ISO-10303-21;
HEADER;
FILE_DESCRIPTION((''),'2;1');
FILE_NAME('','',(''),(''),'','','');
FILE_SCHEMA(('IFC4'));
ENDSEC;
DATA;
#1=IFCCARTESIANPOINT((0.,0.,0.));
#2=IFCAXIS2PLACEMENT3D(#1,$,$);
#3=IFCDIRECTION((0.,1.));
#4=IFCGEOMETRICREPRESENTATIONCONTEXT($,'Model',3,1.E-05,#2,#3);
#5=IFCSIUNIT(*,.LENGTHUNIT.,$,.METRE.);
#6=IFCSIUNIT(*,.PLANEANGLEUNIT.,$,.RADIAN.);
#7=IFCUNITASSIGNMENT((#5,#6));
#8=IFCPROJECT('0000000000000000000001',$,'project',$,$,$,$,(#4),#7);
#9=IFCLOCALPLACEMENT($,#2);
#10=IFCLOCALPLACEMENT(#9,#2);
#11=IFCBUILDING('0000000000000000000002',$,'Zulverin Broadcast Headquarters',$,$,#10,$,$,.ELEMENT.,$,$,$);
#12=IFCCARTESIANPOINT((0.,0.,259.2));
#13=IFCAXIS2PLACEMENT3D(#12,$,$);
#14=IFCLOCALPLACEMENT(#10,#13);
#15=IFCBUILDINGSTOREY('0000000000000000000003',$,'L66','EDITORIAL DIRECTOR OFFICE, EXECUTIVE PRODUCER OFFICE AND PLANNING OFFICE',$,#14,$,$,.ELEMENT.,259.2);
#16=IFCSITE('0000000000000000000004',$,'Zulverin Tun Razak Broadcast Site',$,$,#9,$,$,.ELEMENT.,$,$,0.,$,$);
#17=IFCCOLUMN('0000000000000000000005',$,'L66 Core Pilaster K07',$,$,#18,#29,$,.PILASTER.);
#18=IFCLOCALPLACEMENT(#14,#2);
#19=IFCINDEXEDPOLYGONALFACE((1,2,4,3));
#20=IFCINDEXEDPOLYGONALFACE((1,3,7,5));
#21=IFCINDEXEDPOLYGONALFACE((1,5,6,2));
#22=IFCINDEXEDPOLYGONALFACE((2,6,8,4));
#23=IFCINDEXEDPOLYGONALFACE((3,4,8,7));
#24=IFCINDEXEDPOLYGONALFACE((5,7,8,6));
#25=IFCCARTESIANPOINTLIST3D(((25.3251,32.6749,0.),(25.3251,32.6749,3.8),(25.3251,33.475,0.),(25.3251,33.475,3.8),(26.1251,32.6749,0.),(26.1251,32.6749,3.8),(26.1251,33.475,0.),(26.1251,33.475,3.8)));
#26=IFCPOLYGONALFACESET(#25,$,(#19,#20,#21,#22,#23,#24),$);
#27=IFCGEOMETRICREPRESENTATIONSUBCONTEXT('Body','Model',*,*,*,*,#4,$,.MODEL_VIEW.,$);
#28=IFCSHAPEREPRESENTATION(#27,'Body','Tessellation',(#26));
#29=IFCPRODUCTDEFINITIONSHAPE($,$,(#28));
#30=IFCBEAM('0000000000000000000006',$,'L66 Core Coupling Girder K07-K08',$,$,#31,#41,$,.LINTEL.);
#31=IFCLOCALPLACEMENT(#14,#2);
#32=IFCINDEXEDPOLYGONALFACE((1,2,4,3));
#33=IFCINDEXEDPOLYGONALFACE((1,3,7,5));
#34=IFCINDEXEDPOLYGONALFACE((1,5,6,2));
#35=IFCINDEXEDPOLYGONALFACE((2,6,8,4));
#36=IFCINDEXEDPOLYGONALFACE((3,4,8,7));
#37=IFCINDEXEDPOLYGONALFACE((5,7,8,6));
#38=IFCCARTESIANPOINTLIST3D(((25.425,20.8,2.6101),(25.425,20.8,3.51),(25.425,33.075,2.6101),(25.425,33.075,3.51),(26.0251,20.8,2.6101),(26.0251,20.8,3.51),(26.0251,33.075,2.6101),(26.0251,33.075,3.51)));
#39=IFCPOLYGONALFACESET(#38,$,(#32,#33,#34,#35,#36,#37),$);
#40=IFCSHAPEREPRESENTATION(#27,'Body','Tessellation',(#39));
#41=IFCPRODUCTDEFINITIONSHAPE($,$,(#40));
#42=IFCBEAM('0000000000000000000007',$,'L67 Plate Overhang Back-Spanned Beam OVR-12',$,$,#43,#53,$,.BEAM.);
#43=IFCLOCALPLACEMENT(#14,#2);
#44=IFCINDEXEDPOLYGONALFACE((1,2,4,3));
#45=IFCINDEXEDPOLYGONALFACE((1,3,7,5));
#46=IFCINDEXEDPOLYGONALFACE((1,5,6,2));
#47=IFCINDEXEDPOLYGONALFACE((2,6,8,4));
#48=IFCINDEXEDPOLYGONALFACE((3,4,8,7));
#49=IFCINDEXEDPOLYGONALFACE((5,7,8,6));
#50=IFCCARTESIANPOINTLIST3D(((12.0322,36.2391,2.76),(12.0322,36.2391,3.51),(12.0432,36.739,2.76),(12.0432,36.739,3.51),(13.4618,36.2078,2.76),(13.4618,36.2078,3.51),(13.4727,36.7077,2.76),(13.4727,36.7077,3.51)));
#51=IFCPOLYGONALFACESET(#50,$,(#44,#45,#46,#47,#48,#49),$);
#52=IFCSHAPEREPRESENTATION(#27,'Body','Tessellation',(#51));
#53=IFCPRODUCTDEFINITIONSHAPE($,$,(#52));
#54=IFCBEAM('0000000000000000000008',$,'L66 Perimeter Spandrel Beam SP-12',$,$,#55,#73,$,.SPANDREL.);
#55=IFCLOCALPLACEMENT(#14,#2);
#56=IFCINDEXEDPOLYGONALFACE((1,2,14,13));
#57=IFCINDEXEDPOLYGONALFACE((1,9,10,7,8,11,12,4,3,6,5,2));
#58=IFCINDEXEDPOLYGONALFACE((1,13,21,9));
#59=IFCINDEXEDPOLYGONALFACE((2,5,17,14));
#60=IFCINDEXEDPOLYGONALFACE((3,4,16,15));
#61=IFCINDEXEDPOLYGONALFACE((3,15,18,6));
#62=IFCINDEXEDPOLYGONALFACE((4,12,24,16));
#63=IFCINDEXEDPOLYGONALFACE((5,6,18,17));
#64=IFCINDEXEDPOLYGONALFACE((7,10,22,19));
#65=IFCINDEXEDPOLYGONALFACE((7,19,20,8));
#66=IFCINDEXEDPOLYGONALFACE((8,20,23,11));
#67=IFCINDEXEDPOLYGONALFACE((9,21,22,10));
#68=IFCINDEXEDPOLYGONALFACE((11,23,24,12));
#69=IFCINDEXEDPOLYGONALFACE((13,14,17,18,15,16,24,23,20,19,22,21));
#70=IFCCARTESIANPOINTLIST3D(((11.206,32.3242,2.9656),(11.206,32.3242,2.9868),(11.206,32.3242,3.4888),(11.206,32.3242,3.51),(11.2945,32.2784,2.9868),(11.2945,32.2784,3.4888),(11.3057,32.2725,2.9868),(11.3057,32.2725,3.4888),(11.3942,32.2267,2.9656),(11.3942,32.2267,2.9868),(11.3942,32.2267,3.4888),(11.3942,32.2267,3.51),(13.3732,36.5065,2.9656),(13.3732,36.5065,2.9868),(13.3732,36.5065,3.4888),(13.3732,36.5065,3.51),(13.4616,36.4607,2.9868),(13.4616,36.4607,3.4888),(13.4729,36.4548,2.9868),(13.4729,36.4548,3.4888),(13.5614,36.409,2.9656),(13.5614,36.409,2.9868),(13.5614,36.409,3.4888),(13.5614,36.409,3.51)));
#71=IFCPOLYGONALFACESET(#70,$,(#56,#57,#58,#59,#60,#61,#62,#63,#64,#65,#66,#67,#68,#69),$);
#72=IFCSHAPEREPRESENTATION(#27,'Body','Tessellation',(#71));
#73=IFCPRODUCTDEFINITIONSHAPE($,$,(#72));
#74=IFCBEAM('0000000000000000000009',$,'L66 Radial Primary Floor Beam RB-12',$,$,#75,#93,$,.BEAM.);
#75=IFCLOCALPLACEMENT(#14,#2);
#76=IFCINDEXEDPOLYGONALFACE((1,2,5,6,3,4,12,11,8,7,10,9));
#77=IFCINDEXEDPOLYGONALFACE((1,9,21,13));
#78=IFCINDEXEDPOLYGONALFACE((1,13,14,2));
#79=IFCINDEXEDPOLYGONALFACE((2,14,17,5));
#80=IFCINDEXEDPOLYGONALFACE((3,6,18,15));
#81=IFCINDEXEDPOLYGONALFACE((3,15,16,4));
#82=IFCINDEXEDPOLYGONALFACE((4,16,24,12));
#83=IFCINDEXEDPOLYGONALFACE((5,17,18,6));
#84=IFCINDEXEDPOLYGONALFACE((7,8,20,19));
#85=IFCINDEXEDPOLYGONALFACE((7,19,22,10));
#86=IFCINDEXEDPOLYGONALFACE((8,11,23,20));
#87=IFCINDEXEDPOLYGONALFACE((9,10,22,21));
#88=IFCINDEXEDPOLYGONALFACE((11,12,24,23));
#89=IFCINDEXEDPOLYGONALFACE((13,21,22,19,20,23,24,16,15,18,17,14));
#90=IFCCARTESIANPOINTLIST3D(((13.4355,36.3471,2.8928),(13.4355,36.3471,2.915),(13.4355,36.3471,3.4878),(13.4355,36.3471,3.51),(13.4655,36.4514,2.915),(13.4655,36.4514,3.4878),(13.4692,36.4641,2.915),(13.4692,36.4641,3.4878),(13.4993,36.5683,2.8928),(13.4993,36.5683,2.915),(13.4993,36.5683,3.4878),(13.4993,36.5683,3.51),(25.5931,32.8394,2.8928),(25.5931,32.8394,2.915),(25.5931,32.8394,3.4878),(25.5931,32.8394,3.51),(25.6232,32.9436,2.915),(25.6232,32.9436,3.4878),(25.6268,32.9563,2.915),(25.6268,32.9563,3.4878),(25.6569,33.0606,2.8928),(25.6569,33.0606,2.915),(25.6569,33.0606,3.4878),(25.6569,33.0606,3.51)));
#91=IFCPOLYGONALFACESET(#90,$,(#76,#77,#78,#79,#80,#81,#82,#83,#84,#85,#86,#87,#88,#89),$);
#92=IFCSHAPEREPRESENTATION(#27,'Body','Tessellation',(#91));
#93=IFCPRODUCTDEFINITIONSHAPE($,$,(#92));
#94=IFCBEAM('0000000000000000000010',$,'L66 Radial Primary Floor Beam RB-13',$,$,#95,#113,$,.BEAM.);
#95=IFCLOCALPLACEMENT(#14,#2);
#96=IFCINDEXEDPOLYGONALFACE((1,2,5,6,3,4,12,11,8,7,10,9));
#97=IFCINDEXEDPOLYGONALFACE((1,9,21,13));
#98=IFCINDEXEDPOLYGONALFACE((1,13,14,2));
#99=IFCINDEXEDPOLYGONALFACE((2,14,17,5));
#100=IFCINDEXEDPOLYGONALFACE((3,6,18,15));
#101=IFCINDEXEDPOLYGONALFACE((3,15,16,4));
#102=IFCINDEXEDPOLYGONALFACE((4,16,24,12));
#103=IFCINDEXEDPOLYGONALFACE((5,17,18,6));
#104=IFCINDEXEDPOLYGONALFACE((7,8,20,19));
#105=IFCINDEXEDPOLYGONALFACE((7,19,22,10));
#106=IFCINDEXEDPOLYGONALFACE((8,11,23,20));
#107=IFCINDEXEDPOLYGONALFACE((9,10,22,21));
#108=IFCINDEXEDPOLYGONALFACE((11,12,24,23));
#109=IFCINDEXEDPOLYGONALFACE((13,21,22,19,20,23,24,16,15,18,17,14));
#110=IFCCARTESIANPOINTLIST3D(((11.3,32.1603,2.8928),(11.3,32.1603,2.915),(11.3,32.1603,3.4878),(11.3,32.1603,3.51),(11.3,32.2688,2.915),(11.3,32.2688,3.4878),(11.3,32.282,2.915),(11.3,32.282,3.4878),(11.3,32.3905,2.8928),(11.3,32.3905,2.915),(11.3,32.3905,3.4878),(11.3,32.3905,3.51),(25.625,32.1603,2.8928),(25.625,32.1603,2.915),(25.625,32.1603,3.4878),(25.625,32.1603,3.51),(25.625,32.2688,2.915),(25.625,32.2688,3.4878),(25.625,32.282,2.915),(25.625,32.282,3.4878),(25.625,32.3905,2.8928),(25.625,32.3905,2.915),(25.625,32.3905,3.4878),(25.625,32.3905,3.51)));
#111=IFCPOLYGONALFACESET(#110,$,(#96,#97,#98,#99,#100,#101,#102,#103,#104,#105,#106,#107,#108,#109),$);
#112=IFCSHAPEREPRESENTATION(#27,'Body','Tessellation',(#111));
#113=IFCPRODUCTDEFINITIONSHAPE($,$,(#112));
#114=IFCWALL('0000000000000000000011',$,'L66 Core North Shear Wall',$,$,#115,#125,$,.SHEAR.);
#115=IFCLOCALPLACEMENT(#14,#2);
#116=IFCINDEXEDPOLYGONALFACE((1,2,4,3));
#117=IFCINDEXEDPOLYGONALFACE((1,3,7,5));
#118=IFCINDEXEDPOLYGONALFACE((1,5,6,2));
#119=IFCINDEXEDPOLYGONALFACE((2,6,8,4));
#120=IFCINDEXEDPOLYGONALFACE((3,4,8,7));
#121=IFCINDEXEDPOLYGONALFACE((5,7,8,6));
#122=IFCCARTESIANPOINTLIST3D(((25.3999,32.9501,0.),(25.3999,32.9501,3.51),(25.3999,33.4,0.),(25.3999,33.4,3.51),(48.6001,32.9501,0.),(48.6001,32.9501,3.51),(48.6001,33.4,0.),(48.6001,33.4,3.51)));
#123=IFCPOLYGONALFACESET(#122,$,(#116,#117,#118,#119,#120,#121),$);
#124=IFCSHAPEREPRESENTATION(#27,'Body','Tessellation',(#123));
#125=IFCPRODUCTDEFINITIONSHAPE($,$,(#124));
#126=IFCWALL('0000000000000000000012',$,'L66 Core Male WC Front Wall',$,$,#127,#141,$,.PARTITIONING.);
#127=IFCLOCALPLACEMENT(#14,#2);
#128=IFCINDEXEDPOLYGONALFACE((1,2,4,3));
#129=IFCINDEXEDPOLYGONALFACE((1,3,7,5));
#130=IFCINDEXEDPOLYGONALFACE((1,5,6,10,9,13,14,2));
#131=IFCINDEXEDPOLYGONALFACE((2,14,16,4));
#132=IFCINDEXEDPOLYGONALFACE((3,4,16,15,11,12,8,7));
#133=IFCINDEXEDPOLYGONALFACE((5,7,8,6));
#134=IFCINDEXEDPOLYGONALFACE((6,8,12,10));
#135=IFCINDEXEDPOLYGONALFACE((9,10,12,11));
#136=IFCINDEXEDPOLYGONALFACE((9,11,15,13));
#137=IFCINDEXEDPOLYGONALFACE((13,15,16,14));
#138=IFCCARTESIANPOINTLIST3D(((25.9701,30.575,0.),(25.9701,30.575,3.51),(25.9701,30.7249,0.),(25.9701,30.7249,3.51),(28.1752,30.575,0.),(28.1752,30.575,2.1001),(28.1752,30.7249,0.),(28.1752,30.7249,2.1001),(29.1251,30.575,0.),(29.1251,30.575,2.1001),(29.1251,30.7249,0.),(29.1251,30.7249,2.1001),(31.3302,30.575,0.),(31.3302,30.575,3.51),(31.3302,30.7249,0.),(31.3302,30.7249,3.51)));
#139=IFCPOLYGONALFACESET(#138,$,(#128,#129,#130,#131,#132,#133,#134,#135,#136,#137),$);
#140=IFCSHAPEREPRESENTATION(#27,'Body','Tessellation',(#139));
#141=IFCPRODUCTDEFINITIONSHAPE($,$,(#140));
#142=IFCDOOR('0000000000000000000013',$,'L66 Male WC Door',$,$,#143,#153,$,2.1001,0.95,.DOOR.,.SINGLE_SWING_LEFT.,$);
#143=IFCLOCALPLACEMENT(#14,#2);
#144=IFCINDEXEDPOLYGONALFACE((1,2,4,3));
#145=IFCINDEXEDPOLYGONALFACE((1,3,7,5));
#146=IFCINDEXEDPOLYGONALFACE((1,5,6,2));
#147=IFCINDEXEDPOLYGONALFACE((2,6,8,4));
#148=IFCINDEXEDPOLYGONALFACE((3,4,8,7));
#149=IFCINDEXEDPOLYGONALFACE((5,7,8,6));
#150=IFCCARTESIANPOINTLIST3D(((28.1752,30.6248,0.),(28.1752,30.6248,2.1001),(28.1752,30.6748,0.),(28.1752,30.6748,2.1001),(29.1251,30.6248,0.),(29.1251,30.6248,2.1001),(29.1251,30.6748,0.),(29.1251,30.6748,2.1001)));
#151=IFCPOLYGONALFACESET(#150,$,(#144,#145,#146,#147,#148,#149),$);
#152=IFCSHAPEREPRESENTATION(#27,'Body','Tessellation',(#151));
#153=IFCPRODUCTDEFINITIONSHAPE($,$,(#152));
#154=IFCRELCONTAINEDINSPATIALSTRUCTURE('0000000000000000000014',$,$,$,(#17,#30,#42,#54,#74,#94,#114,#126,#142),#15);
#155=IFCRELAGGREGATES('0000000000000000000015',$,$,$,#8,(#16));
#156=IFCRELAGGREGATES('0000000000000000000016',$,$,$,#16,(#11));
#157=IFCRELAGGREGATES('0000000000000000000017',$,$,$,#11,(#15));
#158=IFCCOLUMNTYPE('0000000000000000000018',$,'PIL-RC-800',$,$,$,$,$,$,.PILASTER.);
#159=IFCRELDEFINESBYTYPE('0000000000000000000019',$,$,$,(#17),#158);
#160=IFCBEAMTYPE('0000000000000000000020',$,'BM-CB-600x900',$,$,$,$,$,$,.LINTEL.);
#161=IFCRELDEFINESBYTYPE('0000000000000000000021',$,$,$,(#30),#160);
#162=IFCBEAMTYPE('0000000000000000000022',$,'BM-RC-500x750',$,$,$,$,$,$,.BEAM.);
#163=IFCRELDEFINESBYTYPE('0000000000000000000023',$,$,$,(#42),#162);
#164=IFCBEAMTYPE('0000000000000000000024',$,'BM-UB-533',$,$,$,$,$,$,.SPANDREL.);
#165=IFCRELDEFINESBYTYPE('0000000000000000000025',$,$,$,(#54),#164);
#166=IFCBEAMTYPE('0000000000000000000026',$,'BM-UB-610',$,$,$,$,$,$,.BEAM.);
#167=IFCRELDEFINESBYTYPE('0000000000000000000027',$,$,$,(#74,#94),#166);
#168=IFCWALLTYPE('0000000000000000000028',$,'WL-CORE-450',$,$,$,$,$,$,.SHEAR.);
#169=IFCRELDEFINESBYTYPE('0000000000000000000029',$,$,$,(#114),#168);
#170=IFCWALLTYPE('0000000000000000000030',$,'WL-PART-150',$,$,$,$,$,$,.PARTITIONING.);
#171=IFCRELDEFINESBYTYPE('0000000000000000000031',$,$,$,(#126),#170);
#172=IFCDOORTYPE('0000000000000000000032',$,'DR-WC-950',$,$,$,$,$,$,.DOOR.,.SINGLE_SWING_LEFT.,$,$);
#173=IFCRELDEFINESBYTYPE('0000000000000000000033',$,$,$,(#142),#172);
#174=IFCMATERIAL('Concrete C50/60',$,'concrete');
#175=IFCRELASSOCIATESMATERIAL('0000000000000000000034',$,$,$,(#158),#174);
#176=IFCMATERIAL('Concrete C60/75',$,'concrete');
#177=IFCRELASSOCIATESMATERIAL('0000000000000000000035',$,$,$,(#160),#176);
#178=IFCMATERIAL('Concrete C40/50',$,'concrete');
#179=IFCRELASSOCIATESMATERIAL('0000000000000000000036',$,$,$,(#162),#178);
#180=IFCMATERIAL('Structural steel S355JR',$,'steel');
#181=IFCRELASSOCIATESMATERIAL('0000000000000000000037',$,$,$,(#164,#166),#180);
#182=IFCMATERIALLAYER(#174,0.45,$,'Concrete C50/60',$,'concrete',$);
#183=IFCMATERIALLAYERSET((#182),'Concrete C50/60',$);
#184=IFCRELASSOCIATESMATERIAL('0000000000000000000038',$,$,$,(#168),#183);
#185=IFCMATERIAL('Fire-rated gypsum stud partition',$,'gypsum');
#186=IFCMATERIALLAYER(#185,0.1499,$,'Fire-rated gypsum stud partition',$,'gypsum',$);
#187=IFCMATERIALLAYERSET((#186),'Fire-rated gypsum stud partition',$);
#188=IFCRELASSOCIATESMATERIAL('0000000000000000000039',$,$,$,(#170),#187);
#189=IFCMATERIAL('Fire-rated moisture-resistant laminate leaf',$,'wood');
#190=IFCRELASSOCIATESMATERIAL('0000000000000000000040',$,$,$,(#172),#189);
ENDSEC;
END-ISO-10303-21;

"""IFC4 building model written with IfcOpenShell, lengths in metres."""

from ifc_helpers import new_model, si_unit, direction, frame, frame_2d, origin, origin_2d, place, context, subcontext, project, spatial, rectangle, i_section, extrude, material, layer, layer_set, material_profile, profile_set, type_object, element, fill, save


model = new_model("IFC4")

# Units and contexts
model_context = context("Model", 3, precision=1e-05, world=origin(), true_north=direction((0.0, 1.0)))
body_context = subcontext(model_context, "Body", "Model", "MODEL_VIEW")
ifc_project = project(units=[si_unit("LENGTHUNIT", "METRE"), si_unit("PLANEANGLEUNIT", "RADIAN")], contexts=[model_context])

# Site, building, storey
site_placement = place(None, origin())
site = spatial("IfcSite", under=ifc_project, at=site_placement, Name="Zulverin Tun Razak Broadcast Site", CompositionType="ELEMENT", RefElevation=0.0)
building_placement = place(site_placement, origin())
building = spatial("IfcBuilding", under=site, at=building_placement, Name="Zulverin Broadcast Headquarters", CompositionType="ELEMENT")
storey_placement = place(building_placement, frame((0.0, 0.0, 259.2)))
storey = spatial("IfcBuildingStorey", under=building, at=storey_placement, Name="L66", Description="EDITORIAL DIRECTOR OFFICE, EXECUTIVE PRODUCER OFFICE AND PLANNING OFFICE", CompositionType="ELEMENT", Elevation=259.2)

# Column
ifc_material_1 = material(Name="Concrete C50/60", Category="concrete")
ifc_material_profile_1 = material_profile(ifc_material_1, rectangle(XDim=0.8, YDim=0.8, at=origin_2d()), Name="Concrete C50/60", Category="concrete")
ifc_profile_set_1 = profile_set([ifc_material_profile_1], Name="Concrete C50/60")
column_type = type_object("IfcColumnType", Name="PIL-RC-800", PredefinedType="PILASTER", material=ifc_profile_set_1)
column_placement = place(storey_placement, frame((25.7251, 33.075, 0.0), z_axis=(0.0, 0.0, 1.0), x_axis=(1.0, 0.0, 0.0)))
element("IfcColumn", 1, at=column_placement, inside=storey, type_object=column_type, Name="L66 Core Pilaster K07", PredefinedType="PILASTER", context=body_context, shape_type="SweptSolid", body=[
    extrude(rectangle(XDim=0.8, YDim=0.8, at=origin_2d()), origin(), (0.0, 0.0, 1.0), 3.8),
])

# Beams
ifc_material_2 = material(Name="Concrete C60/75", Category="concrete")
ifc_material_profile_2 = material_profile(ifc_material_2, rectangle(XDim=0.6001, YDim=0.8999, at=origin_2d()), Name="Concrete C60/75", Category="concrete")
ifc_profile_set_2 = profile_set([ifc_material_profile_2], Name="Concrete C60/75")
beam_type_1 = type_object("IfcBeamType", Name="BM-CB-600x900", PredefinedType="LINTEL", material=ifc_profile_set_2)
beam_1_placement = place(storey_placement, frame((25.7251, 33.075, 3.0601), z_axis=(0.0, -1.0, 0.0), x_axis=(1.0, 0.0, 0.0)))
element("IfcBeam", 2, at=beam_1_placement, inside=storey, type_object=beam_type_1, Name="L66 Core Coupling Girder K07-K08", PredefinedType="LINTEL", context=body_context, shape_type="SweptSolid", body=[
    extrude(rectangle(XDim=0.6001, YDim=0.8999, at=origin_2d()), origin(), (0.0, 0.0, 1.0), 12.2749),
])
ifc_material_3 = material(Name="Concrete C40/50", Category="concrete")
ifc_material_profile_3 = material_profile(ifc_material_3, rectangle(XDim=0.5, YDim=0.75, at=origin_2d()), Name="Concrete C40/50", Category="concrete")
ifc_profile_set_3 = profile_set([ifc_material_profile_3], Name="Concrete C40/50")
beam_type_2 = type_object("IfcBeamType", Name="BM-RC-500x750", PredefinedType="BEAM", material=ifc_profile_set_3)
beam_2_placement = place(storey_placement, frame((13.4673, 36.4578, 3.135), z_axis=(-0.999761, 0.021853, 0.0), x_axis=(-0.021853, -0.999761, 0.0)))
element("IfcBeam", 3, at=beam_2_placement, inside=storey, type_object=beam_type_2, Name="L67 Plate Overhang Back-Spanned Beam OVR-12", PredefinedType="BEAM", context=body_context, shape_type="SweptSolid", body=[
    extrude(rectangle(XDim=0.5, YDim=0.75, at=origin_2d()), origin(), (0.0, 0.0, 1.0), 1.4299),
])
ifc_material_4 = material(Name="Structural steel S355JR", Category="steel")
ifc_material_profile_4 = material_profile(ifc_material_4, i_section(OverallWidth=0.2119, OverallDepth=0.5444, WebThickness=0.0127, FlangeThickness=0.0212, at=origin_2d()), Name="Structural steel S355JR", Category="steel")
ifc_profile_set_4 = profile_set([ifc_material_profile_4], Name="Structural steel S355JR")
beam_type_3 = type_object("IfcBeamType", Name="BM-UB-533", PredefinedType="SPANDREL", material=ifc_profile_set_4)
beam_3_placement = place(storey_placement, frame((13.4673, 36.4578, 3.2378), z_axis=(-0.460083, -0.887876, 0.0), x_axis=(0.887876, -0.460083, 0.0)))
element("IfcBeam", 4, at=beam_3_placement, inside=storey, type_object=beam_type_3, Name="L66 Perimeter Spandrel Beam SP-12", PredefinedType="SPANDREL", context=body_context, shape_type="SweptSolid", body=[
    extrude(i_section(OverallWidth=0.2119, OverallDepth=0.5444, WebThickness=0.0127, FlangeThickness=0.0212, at=origin_2d()), origin(), (0.0, 0.0, 1.0), 4.7104),
])
ifc_material_profile_5 = material_profile(ifc_material_4, i_section(OverallWidth=0.2302, OverallDepth=0.6172, WebThickness=0.0132, FlangeThickness=0.0222, at=origin_2d()), Name="Structural steel S355JR", Category="steel")
ifc_profile_set_5 = profile_set([ifc_material_profile_5], Name="Structural steel S355JR")
beam_type_4 = type_object("IfcBeamType", Name="BM-UB-610", PredefinedType="BEAM", material=ifc_profile_set_5)
beam_4_placement = place(storey_placement, frame((25.625, 32.95, 3.2014), z_axis=(-0.960807, 0.277218, 0.0), x_axis=(-0.277218, -0.960807, 0.0)))
element("IfcBeam", 5, at=beam_4_placement, inside=storey, type_object=beam_type_4, Name="L66 Radial Primary Floor Beam RB-12", PredefinedType="BEAM", context=body_context, shape_type="SweptSolid", body=[
    extrude(i_section(OverallWidth=0.2302, OverallDepth=0.6172, WebThickness=0.0132, FlangeThickness=0.0222, at=origin_2d()), origin(), (0.0, 0.0, 1.0), 12.6536),
])
beam_5_placement = place(storey_placement, frame((25.625, 32.2754, 3.2014), z_axis=(-1.0, 0.0, 0.0), x_axis=(0.0, -1.0, 0.0)))
element("IfcBeam", 6, at=beam_5_placement, inside=storey, type_object=beam_type_4, Name="L66 Radial Primary Floor Beam RB-13", PredefinedType="BEAM", context=body_context, shape_type="SweptSolid", body=[
    extrude(i_section(OverallWidth=0.2302, OverallDepth=0.6172, WebThickness=0.0132, FlangeThickness=0.0222, at=origin_2d()), origin(), (0.0, 0.0, 1.0), 14.325),
])

# Wall
ifc_layer_1 = layer(ifc_material_1, 0.45, Name="Concrete C50/60", Category="concrete")
ifc_layer_set_1 = layer_set([ifc_layer_1], Name="Concrete C50/60")
wall_type_1 = type_object("IfcWallType", Name="WL-CORE-450", PredefinedType="SHEAR", material=ifc_layer_set_1)
wall_1_placement = place(storey_placement, frame((25.3999, 33.175, 0.0), z_axis=(0.0, 0.0, 1.0), x_axis=(1.0, 0.0, 0.0)))
element("IfcWall", 7, at=wall_1_placement, inside=storey, type_object=wall_type_1, Name="L66 Core North Shear Wall", PredefinedType="SHEAR", context=body_context, shape_type="SweptSolid", body=[
    extrude(rectangle(XDim=23.2002, YDim=0.45, at=frame_2d((11.6001, 0.0))), origin(), (0.0, 0.0, 1.0), 3.51),
])

# Wall, opening, door
ifc_material_5 = material(Name="Fire-rated gypsum stud partition", Category="gypsum")
ifc_layer_2 = layer(ifc_material_5, 0.1499, Name="Fire-rated gypsum stud partition", Category="gypsum")
ifc_layer_set_2 = layer_set([ifc_layer_2], Name="Fire-rated gypsum stud partition")
wall_type_2 = type_object("IfcWallType", Name="WL-PART-150", PredefinedType="PARTITIONING", material=ifc_layer_set_2)
wall_2_placement = place(storey_placement, frame((25.97, 30.6499, 0.0), z_axis=(0.0, 0.0, 1.0), x_axis=(1.0, 0.0, 0.0)))
wall_2 = element("IfcWall", 8, at=wall_2_placement, inside=storey, type_object=wall_type_2, Name="L66 Core Male WC Front Wall", PredefinedType="PARTITIONING", context=body_context, shape_type="SweptSolid", body=[
    extrude(rectangle(XDim=5.3601, YDim=0.1499, at=frame_2d((2.6802, 0.0))), origin(), (0.0, 0.0, 1.0), 3.51),
])
opening_1_placement = place(wall_2_placement, frame((2.2051, 0.0, 0.0)))
opening_1 = element("IfcOpeningElement", 9, at=opening_1_placement, cuts=wall_2, PredefinedType="OPENING", context=body_context, shape_type="SweptSolid", body=[
    extrude(rectangle(XDim=0.95, YDim=2.1001, at=frame_2d((0.4751, 1.05))), frame((0.0, 0.085, 0.0), z_axis=(0.0, -1.0, 0.0), x_axis=(1.0, 0.0, 0.0)), (0.0, 0.0, 1.0), 0.1699),
])
ifc_material_6 = material(Name="Fire-rated moisture-resistant laminate leaf", Category="wood")
door_type_1 = type_object("IfcDoorType", Name="DR-WC-950", OperationType="SINGLE_SWING_LEFT", PredefinedType="DOOR", material=ifc_material_6)
door_1_placement = place(opening_1_placement, origin())
door_1 = element("IfcDoor", 10, at=door_1_placement, inside=storey, type_object=door_type_1, Name="L66 Male WC Door", OperationType="SINGLE_SWING_LEFT", OverallHeight=2.1001, OverallWidth=0.95, PredefinedType="DOOR", context=body_context, shape_type="SweptSolid", body=[
    extrude(rectangle(XDim=0.95, YDim=2.1001, at=frame_2d((0.4751, 1.05))), frame((0.0, 0.0249, 0.0), z_axis=(0.0, -1.0, 0.0), x_axis=(1.0, 0.0, 0.0)), (0.0, 0.0, 1.0), 0.05),
])
fill(opening_1, door_1)

save(model, "model.ifc")
